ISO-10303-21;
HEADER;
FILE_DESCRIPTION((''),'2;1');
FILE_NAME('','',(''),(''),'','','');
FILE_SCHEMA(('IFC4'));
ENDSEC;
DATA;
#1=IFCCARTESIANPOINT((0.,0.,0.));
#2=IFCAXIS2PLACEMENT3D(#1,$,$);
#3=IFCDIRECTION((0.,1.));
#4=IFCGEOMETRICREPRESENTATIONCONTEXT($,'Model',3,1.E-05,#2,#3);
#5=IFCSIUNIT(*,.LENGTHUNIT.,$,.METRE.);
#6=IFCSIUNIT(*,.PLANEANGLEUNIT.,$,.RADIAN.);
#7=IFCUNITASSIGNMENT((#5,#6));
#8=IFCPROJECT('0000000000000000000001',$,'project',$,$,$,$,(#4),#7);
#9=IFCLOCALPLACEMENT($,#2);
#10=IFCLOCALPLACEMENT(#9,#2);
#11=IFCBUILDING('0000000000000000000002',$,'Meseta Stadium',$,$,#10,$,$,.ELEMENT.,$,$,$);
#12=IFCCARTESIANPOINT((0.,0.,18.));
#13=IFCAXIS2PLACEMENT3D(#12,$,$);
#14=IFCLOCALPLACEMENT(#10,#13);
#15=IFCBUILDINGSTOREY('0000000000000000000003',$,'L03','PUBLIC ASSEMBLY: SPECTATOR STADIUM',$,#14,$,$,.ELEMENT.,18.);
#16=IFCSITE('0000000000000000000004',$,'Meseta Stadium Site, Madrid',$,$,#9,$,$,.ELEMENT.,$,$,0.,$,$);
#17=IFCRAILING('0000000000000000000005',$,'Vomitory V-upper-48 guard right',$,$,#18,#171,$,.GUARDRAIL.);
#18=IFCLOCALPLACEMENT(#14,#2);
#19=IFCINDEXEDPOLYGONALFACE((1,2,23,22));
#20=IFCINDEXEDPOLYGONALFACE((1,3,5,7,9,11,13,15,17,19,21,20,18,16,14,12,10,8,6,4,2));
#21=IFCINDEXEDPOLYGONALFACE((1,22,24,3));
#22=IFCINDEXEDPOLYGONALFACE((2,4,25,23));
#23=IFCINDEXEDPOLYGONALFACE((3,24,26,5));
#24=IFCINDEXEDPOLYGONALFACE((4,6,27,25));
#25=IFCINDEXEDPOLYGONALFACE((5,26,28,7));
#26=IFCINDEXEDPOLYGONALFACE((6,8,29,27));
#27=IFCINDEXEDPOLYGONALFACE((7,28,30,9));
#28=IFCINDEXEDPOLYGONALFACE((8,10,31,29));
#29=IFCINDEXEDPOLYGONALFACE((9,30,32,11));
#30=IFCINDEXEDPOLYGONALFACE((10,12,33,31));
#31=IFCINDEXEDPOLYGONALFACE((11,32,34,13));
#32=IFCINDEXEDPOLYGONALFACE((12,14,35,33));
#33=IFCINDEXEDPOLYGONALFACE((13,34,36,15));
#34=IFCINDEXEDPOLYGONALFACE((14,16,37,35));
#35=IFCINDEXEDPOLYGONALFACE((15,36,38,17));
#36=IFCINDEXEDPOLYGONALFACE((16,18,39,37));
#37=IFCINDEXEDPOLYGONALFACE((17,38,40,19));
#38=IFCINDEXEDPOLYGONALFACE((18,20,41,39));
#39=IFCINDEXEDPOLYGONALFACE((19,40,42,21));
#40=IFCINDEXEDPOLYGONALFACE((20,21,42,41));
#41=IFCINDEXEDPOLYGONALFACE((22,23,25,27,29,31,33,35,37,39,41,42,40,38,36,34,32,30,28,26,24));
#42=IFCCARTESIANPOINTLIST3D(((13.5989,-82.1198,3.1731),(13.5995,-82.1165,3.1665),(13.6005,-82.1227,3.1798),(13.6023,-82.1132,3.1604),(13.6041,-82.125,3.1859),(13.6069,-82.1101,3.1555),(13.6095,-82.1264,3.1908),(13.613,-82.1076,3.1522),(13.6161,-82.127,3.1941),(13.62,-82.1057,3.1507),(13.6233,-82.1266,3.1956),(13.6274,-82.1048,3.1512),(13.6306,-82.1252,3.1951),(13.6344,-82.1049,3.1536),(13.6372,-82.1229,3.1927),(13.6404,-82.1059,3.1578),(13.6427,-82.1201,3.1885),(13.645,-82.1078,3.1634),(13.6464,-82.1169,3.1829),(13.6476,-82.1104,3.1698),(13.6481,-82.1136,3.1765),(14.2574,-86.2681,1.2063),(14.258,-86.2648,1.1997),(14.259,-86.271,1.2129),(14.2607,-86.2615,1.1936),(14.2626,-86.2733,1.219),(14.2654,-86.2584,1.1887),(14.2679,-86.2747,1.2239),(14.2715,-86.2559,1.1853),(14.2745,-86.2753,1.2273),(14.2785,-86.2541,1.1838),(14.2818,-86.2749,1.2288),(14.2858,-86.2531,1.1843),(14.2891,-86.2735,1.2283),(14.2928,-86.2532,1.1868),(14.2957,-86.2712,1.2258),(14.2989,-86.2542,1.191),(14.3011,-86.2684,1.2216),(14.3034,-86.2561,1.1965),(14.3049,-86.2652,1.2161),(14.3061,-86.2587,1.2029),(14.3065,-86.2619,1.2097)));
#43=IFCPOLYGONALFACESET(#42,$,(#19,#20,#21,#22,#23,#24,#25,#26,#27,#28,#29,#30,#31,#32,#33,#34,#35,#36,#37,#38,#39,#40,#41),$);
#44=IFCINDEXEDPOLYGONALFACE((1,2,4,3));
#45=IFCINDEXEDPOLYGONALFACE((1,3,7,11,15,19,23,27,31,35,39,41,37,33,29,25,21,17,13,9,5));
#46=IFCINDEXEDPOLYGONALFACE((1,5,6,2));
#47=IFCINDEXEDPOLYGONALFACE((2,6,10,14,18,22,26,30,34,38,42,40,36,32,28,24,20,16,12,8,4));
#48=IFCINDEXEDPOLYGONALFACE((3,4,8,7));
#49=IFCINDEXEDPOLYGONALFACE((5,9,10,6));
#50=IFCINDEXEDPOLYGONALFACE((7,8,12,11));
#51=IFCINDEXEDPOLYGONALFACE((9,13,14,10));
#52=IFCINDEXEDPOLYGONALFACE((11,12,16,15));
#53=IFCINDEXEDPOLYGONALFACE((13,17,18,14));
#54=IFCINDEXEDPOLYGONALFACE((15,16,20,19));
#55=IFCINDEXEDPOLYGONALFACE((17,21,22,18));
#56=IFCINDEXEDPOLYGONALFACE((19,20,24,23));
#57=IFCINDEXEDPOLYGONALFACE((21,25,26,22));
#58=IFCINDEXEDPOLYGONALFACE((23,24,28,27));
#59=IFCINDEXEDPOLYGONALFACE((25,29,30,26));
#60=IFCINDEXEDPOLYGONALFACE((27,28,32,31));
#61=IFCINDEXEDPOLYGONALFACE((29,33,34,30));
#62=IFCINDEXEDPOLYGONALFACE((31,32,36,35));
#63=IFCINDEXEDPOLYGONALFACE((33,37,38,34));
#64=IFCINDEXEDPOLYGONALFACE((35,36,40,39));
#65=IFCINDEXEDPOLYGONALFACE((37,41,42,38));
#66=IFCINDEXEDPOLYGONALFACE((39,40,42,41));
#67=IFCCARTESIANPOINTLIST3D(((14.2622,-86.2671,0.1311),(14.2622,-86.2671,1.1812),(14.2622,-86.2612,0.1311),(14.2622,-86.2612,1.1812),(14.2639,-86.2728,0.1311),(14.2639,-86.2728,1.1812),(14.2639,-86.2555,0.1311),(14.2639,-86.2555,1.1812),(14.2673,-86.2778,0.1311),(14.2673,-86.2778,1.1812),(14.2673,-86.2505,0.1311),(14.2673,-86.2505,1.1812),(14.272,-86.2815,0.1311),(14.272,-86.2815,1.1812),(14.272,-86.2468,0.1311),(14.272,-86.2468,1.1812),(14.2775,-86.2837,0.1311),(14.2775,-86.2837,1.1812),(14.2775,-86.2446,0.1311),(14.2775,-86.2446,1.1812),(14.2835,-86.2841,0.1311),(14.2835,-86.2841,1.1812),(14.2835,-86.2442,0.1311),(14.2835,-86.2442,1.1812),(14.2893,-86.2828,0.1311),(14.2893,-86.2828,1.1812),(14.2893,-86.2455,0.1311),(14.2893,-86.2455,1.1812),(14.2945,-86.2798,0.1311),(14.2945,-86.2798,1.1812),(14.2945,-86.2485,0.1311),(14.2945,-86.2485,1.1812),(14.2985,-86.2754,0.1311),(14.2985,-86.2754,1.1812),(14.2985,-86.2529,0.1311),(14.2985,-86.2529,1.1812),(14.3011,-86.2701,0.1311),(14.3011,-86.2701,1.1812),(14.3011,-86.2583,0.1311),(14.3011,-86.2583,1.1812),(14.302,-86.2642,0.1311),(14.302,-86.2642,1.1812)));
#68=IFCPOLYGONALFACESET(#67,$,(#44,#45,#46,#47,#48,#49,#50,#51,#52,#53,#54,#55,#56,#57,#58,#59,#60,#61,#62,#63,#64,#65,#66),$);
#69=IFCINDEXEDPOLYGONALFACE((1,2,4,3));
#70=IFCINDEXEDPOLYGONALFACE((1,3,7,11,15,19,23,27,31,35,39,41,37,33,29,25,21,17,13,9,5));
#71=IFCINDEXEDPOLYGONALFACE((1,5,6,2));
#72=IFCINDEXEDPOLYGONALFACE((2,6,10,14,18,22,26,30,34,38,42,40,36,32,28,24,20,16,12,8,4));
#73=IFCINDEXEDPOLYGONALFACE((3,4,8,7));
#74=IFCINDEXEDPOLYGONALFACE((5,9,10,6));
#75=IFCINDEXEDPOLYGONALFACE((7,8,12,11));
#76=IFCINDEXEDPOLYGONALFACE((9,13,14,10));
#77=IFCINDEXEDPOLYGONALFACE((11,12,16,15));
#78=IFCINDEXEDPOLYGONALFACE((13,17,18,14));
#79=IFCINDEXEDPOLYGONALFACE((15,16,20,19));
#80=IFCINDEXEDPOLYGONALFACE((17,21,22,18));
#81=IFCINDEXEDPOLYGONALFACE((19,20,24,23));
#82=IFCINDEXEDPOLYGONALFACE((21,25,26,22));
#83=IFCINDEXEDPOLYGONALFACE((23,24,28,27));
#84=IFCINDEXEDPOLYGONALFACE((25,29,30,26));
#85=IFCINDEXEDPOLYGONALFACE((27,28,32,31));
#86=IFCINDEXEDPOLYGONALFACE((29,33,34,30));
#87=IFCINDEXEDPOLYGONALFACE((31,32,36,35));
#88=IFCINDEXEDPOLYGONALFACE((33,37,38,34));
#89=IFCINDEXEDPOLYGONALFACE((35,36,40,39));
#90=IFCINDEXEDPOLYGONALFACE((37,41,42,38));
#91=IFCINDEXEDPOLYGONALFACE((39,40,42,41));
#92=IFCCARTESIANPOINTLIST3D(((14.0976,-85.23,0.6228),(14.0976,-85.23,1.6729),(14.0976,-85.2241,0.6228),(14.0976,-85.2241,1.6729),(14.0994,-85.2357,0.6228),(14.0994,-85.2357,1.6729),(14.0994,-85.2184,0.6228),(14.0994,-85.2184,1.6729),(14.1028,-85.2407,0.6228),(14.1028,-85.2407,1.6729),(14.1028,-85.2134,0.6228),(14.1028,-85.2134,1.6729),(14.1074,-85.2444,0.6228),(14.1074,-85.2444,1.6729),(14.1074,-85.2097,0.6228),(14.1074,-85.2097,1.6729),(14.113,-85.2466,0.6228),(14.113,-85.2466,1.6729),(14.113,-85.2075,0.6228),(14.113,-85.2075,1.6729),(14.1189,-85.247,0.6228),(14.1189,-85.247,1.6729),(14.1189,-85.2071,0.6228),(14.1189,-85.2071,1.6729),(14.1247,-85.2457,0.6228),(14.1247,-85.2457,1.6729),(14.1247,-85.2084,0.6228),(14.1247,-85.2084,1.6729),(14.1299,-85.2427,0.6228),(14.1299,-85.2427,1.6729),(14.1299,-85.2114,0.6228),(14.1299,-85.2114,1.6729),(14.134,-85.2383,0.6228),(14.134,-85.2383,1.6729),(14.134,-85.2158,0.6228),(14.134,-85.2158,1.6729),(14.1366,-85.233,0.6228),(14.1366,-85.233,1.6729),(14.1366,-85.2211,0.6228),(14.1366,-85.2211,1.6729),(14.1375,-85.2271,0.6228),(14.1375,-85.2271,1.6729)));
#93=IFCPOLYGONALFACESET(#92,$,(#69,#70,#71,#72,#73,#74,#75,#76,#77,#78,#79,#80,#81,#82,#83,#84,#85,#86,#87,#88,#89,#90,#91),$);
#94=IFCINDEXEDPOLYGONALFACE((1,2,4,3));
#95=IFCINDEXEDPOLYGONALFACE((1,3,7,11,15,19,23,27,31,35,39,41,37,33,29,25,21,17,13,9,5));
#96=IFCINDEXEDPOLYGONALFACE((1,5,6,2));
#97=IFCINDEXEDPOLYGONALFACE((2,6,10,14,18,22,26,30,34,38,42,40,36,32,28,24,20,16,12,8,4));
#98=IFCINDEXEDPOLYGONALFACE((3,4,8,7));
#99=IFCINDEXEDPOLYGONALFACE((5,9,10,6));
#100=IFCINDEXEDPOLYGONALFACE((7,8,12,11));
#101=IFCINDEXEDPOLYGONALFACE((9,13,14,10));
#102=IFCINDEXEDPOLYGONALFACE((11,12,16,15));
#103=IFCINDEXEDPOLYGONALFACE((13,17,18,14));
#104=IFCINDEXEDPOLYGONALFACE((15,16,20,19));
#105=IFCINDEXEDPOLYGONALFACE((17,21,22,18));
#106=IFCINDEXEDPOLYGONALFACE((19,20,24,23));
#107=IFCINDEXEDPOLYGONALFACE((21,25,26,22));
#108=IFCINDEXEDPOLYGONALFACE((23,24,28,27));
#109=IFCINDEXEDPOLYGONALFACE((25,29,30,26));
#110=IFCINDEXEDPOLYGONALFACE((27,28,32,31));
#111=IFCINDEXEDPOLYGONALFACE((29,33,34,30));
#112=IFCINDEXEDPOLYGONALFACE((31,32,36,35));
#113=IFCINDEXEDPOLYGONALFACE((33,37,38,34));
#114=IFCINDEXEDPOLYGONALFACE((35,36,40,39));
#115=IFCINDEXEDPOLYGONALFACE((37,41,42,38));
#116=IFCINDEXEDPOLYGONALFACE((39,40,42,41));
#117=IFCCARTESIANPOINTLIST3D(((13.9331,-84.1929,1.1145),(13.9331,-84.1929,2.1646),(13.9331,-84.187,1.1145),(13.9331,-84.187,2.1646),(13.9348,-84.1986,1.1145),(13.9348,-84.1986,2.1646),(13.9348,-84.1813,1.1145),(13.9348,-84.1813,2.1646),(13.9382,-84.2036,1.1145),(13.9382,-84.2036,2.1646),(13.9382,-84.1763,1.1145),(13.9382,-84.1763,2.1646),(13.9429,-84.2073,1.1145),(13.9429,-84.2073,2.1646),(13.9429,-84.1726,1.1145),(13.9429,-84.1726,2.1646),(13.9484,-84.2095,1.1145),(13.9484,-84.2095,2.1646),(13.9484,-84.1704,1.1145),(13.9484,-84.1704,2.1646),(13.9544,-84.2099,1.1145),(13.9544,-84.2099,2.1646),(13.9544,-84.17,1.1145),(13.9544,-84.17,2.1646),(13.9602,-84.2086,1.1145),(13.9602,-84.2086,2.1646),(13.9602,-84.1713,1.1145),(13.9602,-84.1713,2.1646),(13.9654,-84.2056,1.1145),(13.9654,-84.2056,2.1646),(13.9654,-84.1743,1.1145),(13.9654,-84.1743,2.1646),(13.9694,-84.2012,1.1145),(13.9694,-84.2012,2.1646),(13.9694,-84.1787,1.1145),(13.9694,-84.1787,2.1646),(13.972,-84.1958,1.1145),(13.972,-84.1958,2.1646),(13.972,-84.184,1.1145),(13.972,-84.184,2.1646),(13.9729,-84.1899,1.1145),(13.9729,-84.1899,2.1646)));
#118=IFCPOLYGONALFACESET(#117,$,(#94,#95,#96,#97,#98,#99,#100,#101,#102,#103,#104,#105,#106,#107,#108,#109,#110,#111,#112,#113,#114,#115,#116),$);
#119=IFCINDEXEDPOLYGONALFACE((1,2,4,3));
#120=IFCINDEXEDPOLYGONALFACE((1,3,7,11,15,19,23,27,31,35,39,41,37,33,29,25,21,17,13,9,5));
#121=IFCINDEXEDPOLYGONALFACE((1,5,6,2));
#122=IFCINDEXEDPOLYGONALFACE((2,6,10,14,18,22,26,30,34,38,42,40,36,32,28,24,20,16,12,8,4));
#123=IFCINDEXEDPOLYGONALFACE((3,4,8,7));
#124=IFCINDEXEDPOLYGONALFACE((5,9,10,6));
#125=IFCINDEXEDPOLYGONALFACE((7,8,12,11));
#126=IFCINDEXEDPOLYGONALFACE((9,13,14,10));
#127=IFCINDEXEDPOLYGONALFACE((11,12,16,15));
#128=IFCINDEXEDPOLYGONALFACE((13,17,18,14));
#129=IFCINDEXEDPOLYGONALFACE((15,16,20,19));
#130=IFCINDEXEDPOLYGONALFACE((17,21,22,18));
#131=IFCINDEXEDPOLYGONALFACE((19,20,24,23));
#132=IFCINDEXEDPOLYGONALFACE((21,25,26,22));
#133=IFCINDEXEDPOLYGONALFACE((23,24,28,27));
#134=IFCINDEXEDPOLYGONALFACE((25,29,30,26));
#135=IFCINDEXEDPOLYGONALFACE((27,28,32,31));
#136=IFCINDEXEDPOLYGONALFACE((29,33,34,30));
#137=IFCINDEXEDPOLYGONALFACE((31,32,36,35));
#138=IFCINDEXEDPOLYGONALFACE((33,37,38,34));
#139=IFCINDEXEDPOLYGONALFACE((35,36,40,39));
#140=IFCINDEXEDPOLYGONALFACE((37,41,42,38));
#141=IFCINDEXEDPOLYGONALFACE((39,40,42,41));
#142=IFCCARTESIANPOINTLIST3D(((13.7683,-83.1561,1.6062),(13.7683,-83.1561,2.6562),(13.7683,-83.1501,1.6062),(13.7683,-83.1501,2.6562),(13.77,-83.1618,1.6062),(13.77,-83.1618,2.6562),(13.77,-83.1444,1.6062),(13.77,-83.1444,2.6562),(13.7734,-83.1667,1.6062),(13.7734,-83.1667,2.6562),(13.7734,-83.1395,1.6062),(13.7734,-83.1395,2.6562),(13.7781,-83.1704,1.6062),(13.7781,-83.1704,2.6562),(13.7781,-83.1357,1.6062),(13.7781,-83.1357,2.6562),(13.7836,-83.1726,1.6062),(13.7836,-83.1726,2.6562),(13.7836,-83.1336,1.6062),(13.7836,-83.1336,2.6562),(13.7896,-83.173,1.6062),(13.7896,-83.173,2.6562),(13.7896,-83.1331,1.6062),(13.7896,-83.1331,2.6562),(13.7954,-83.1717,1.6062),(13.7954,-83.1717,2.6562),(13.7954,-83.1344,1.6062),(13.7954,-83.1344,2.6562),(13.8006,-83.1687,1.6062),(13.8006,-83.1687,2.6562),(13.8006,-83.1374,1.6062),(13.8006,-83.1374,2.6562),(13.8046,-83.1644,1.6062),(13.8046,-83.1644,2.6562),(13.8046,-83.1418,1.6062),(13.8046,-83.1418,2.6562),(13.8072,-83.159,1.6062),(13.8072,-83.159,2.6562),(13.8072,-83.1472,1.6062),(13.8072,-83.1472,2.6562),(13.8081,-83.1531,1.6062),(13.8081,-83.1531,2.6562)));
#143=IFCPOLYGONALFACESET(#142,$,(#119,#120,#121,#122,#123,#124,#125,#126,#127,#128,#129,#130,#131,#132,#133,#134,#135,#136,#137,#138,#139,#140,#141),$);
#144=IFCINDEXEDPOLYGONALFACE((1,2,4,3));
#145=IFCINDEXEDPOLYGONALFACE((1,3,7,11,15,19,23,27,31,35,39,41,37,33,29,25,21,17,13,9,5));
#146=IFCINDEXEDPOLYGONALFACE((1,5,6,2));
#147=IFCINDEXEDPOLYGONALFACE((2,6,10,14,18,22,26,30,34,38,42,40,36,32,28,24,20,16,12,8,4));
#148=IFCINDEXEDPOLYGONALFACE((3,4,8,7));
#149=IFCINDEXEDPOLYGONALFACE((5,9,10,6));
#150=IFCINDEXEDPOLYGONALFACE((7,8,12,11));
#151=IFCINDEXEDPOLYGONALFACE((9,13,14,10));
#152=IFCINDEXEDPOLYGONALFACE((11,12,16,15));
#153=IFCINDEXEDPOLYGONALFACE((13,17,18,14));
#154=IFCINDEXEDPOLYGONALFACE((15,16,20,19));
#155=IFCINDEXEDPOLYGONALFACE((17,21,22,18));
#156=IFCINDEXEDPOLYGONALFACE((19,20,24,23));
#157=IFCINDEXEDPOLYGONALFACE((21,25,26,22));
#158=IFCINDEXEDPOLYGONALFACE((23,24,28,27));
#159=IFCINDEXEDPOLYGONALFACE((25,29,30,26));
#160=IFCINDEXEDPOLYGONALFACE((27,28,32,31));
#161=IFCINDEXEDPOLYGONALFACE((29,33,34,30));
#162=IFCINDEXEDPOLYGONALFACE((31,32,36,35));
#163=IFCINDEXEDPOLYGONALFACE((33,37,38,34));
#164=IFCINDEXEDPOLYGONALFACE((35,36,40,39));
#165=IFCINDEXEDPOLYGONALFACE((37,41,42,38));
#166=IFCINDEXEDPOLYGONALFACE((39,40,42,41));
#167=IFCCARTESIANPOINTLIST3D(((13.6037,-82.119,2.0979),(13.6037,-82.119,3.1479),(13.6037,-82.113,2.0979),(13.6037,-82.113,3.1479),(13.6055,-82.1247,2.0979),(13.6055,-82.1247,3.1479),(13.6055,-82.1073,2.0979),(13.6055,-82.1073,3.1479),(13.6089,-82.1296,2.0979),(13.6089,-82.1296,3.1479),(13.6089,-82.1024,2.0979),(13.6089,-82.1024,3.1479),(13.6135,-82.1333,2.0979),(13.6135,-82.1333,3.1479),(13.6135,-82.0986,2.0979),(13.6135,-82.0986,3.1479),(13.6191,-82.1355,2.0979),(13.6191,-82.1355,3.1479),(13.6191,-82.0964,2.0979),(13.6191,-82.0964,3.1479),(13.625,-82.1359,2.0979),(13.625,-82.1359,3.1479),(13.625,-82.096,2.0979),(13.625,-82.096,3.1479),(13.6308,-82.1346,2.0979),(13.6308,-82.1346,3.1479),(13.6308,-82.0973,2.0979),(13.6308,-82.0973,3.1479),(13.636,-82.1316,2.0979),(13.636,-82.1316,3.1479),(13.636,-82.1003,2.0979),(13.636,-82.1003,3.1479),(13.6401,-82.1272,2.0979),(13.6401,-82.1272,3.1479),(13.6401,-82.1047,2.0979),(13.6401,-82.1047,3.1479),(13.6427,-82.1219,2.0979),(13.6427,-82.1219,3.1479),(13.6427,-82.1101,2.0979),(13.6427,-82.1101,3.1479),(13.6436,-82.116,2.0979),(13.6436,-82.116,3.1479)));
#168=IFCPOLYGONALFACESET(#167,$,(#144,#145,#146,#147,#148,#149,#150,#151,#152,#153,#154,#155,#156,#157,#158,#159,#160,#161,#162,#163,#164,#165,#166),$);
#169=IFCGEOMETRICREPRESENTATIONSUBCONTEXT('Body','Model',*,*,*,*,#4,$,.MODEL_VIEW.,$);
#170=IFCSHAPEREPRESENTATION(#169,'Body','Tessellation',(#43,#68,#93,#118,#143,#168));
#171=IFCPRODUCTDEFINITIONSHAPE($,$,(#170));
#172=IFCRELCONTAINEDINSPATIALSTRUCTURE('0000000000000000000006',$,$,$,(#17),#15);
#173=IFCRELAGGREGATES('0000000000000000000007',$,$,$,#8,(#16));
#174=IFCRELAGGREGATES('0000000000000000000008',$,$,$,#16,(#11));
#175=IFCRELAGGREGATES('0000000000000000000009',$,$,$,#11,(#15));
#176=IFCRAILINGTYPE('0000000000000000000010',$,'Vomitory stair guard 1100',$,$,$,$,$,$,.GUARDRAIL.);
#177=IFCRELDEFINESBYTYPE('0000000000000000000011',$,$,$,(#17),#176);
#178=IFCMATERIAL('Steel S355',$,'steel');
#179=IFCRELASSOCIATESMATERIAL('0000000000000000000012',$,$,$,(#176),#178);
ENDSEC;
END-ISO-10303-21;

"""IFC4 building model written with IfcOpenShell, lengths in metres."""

from ifc_helpers import new_model, si_unit, direction, frame, origin, origin_2d, place, context, subcontext, project, spatial, circle, extrude, material, type_object, element, save


model = new_model("IFC4")

# Units and contexts
model_context = context("Model", 3, precision=1e-05, world=origin(), true_north=direction((0.0, 1.0)))
body_context = subcontext(model_context, "Body", "Model", "MODEL_VIEW")
ifc_project = project(units=[si_unit("LENGTHUNIT", "METRE"), si_unit("PLANEANGLEUNIT", "RADIAN")], contexts=[model_context])

# Site, building, storey
site_placement = place(None, origin())
site = spatial("IfcSite", under=ifc_project, at=site_placement, Name="Meseta Stadium Site, Madrid", CompositionType="ELEMENT", RefElevation=0.0)
building_placement = place(site_placement, origin())
building = spatial("IfcBuilding", under=site, at=building_placement, Name="Meseta Stadium", CompositionType="ELEMENT")
storey_placement = place(building_placement, frame((0.0, 0.0, 18.0)))
storey = spatial("IfcBuildingStorey", under=building, at=storey_placement, Name="L03", Description="PUBLIC ASSEMBLY: SPECTATOR STADIUM", CompositionType="ELEMENT", Elevation=18.0)

# Railing
ifc_material_1 = material(Name="Steel S355", Category="steel")
railing_type_1 = type_object("IfcRailingType", Name="Vomitory stair guard 1100", PredefinedType="GUARDRAIL", material=ifc_material_1)
for number, where, name in (
    (1, (14.282, -86.2642, 0.1311), "Vomitory V-upper-48 guard right"),
):
    element("IfcRailing", number, at=place(storey_placement, frame(where)), inside=storey, type_object=railing_type_1, Name=name, PredefinedType="GUARDRAIL", context=body_context, shape_type="SweptSolid", body=[
        extrude(circle(Radius=0.0249, at=origin_2d()), frame((0.0, 0.0, 1.0752), z_axis=(-0.141974, 0.894428, 0.424078), x_axis=(-0.987635, -0.156768, 0.0)), (0.0, 0.0, 1.0), 4.6379),
        extrude(circle(Radius=0.02, at=origin_2d()), origin(), (0.0, 0.0, 1.0), 1.05),
        extrude(circle(Radius=0.02, at=origin_2d()), frame((-0.1646, 1.0371, 0.4917)), (0.0, 0.0, 1.0), 1.05),
        extrude(circle(Radius=0.02, at=origin_2d()), frame((-0.3291, 2.0742, 0.9834)), (0.0, 0.0, 1.0), 1.05),
        extrude(circle(Radius=0.02, at=origin_2d()), frame((-0.4939, 3.1111, 1.4751)), (0.0, 0.0, 1.0), 1.05),
        extrude(circle(Radius=0.02, at=origin_2d()), frame((-0.6584, 4.1482, 1.9668)), (0.0, 0.0, 1.0), 1.05),
    ])

save(model, "model.ifc")
